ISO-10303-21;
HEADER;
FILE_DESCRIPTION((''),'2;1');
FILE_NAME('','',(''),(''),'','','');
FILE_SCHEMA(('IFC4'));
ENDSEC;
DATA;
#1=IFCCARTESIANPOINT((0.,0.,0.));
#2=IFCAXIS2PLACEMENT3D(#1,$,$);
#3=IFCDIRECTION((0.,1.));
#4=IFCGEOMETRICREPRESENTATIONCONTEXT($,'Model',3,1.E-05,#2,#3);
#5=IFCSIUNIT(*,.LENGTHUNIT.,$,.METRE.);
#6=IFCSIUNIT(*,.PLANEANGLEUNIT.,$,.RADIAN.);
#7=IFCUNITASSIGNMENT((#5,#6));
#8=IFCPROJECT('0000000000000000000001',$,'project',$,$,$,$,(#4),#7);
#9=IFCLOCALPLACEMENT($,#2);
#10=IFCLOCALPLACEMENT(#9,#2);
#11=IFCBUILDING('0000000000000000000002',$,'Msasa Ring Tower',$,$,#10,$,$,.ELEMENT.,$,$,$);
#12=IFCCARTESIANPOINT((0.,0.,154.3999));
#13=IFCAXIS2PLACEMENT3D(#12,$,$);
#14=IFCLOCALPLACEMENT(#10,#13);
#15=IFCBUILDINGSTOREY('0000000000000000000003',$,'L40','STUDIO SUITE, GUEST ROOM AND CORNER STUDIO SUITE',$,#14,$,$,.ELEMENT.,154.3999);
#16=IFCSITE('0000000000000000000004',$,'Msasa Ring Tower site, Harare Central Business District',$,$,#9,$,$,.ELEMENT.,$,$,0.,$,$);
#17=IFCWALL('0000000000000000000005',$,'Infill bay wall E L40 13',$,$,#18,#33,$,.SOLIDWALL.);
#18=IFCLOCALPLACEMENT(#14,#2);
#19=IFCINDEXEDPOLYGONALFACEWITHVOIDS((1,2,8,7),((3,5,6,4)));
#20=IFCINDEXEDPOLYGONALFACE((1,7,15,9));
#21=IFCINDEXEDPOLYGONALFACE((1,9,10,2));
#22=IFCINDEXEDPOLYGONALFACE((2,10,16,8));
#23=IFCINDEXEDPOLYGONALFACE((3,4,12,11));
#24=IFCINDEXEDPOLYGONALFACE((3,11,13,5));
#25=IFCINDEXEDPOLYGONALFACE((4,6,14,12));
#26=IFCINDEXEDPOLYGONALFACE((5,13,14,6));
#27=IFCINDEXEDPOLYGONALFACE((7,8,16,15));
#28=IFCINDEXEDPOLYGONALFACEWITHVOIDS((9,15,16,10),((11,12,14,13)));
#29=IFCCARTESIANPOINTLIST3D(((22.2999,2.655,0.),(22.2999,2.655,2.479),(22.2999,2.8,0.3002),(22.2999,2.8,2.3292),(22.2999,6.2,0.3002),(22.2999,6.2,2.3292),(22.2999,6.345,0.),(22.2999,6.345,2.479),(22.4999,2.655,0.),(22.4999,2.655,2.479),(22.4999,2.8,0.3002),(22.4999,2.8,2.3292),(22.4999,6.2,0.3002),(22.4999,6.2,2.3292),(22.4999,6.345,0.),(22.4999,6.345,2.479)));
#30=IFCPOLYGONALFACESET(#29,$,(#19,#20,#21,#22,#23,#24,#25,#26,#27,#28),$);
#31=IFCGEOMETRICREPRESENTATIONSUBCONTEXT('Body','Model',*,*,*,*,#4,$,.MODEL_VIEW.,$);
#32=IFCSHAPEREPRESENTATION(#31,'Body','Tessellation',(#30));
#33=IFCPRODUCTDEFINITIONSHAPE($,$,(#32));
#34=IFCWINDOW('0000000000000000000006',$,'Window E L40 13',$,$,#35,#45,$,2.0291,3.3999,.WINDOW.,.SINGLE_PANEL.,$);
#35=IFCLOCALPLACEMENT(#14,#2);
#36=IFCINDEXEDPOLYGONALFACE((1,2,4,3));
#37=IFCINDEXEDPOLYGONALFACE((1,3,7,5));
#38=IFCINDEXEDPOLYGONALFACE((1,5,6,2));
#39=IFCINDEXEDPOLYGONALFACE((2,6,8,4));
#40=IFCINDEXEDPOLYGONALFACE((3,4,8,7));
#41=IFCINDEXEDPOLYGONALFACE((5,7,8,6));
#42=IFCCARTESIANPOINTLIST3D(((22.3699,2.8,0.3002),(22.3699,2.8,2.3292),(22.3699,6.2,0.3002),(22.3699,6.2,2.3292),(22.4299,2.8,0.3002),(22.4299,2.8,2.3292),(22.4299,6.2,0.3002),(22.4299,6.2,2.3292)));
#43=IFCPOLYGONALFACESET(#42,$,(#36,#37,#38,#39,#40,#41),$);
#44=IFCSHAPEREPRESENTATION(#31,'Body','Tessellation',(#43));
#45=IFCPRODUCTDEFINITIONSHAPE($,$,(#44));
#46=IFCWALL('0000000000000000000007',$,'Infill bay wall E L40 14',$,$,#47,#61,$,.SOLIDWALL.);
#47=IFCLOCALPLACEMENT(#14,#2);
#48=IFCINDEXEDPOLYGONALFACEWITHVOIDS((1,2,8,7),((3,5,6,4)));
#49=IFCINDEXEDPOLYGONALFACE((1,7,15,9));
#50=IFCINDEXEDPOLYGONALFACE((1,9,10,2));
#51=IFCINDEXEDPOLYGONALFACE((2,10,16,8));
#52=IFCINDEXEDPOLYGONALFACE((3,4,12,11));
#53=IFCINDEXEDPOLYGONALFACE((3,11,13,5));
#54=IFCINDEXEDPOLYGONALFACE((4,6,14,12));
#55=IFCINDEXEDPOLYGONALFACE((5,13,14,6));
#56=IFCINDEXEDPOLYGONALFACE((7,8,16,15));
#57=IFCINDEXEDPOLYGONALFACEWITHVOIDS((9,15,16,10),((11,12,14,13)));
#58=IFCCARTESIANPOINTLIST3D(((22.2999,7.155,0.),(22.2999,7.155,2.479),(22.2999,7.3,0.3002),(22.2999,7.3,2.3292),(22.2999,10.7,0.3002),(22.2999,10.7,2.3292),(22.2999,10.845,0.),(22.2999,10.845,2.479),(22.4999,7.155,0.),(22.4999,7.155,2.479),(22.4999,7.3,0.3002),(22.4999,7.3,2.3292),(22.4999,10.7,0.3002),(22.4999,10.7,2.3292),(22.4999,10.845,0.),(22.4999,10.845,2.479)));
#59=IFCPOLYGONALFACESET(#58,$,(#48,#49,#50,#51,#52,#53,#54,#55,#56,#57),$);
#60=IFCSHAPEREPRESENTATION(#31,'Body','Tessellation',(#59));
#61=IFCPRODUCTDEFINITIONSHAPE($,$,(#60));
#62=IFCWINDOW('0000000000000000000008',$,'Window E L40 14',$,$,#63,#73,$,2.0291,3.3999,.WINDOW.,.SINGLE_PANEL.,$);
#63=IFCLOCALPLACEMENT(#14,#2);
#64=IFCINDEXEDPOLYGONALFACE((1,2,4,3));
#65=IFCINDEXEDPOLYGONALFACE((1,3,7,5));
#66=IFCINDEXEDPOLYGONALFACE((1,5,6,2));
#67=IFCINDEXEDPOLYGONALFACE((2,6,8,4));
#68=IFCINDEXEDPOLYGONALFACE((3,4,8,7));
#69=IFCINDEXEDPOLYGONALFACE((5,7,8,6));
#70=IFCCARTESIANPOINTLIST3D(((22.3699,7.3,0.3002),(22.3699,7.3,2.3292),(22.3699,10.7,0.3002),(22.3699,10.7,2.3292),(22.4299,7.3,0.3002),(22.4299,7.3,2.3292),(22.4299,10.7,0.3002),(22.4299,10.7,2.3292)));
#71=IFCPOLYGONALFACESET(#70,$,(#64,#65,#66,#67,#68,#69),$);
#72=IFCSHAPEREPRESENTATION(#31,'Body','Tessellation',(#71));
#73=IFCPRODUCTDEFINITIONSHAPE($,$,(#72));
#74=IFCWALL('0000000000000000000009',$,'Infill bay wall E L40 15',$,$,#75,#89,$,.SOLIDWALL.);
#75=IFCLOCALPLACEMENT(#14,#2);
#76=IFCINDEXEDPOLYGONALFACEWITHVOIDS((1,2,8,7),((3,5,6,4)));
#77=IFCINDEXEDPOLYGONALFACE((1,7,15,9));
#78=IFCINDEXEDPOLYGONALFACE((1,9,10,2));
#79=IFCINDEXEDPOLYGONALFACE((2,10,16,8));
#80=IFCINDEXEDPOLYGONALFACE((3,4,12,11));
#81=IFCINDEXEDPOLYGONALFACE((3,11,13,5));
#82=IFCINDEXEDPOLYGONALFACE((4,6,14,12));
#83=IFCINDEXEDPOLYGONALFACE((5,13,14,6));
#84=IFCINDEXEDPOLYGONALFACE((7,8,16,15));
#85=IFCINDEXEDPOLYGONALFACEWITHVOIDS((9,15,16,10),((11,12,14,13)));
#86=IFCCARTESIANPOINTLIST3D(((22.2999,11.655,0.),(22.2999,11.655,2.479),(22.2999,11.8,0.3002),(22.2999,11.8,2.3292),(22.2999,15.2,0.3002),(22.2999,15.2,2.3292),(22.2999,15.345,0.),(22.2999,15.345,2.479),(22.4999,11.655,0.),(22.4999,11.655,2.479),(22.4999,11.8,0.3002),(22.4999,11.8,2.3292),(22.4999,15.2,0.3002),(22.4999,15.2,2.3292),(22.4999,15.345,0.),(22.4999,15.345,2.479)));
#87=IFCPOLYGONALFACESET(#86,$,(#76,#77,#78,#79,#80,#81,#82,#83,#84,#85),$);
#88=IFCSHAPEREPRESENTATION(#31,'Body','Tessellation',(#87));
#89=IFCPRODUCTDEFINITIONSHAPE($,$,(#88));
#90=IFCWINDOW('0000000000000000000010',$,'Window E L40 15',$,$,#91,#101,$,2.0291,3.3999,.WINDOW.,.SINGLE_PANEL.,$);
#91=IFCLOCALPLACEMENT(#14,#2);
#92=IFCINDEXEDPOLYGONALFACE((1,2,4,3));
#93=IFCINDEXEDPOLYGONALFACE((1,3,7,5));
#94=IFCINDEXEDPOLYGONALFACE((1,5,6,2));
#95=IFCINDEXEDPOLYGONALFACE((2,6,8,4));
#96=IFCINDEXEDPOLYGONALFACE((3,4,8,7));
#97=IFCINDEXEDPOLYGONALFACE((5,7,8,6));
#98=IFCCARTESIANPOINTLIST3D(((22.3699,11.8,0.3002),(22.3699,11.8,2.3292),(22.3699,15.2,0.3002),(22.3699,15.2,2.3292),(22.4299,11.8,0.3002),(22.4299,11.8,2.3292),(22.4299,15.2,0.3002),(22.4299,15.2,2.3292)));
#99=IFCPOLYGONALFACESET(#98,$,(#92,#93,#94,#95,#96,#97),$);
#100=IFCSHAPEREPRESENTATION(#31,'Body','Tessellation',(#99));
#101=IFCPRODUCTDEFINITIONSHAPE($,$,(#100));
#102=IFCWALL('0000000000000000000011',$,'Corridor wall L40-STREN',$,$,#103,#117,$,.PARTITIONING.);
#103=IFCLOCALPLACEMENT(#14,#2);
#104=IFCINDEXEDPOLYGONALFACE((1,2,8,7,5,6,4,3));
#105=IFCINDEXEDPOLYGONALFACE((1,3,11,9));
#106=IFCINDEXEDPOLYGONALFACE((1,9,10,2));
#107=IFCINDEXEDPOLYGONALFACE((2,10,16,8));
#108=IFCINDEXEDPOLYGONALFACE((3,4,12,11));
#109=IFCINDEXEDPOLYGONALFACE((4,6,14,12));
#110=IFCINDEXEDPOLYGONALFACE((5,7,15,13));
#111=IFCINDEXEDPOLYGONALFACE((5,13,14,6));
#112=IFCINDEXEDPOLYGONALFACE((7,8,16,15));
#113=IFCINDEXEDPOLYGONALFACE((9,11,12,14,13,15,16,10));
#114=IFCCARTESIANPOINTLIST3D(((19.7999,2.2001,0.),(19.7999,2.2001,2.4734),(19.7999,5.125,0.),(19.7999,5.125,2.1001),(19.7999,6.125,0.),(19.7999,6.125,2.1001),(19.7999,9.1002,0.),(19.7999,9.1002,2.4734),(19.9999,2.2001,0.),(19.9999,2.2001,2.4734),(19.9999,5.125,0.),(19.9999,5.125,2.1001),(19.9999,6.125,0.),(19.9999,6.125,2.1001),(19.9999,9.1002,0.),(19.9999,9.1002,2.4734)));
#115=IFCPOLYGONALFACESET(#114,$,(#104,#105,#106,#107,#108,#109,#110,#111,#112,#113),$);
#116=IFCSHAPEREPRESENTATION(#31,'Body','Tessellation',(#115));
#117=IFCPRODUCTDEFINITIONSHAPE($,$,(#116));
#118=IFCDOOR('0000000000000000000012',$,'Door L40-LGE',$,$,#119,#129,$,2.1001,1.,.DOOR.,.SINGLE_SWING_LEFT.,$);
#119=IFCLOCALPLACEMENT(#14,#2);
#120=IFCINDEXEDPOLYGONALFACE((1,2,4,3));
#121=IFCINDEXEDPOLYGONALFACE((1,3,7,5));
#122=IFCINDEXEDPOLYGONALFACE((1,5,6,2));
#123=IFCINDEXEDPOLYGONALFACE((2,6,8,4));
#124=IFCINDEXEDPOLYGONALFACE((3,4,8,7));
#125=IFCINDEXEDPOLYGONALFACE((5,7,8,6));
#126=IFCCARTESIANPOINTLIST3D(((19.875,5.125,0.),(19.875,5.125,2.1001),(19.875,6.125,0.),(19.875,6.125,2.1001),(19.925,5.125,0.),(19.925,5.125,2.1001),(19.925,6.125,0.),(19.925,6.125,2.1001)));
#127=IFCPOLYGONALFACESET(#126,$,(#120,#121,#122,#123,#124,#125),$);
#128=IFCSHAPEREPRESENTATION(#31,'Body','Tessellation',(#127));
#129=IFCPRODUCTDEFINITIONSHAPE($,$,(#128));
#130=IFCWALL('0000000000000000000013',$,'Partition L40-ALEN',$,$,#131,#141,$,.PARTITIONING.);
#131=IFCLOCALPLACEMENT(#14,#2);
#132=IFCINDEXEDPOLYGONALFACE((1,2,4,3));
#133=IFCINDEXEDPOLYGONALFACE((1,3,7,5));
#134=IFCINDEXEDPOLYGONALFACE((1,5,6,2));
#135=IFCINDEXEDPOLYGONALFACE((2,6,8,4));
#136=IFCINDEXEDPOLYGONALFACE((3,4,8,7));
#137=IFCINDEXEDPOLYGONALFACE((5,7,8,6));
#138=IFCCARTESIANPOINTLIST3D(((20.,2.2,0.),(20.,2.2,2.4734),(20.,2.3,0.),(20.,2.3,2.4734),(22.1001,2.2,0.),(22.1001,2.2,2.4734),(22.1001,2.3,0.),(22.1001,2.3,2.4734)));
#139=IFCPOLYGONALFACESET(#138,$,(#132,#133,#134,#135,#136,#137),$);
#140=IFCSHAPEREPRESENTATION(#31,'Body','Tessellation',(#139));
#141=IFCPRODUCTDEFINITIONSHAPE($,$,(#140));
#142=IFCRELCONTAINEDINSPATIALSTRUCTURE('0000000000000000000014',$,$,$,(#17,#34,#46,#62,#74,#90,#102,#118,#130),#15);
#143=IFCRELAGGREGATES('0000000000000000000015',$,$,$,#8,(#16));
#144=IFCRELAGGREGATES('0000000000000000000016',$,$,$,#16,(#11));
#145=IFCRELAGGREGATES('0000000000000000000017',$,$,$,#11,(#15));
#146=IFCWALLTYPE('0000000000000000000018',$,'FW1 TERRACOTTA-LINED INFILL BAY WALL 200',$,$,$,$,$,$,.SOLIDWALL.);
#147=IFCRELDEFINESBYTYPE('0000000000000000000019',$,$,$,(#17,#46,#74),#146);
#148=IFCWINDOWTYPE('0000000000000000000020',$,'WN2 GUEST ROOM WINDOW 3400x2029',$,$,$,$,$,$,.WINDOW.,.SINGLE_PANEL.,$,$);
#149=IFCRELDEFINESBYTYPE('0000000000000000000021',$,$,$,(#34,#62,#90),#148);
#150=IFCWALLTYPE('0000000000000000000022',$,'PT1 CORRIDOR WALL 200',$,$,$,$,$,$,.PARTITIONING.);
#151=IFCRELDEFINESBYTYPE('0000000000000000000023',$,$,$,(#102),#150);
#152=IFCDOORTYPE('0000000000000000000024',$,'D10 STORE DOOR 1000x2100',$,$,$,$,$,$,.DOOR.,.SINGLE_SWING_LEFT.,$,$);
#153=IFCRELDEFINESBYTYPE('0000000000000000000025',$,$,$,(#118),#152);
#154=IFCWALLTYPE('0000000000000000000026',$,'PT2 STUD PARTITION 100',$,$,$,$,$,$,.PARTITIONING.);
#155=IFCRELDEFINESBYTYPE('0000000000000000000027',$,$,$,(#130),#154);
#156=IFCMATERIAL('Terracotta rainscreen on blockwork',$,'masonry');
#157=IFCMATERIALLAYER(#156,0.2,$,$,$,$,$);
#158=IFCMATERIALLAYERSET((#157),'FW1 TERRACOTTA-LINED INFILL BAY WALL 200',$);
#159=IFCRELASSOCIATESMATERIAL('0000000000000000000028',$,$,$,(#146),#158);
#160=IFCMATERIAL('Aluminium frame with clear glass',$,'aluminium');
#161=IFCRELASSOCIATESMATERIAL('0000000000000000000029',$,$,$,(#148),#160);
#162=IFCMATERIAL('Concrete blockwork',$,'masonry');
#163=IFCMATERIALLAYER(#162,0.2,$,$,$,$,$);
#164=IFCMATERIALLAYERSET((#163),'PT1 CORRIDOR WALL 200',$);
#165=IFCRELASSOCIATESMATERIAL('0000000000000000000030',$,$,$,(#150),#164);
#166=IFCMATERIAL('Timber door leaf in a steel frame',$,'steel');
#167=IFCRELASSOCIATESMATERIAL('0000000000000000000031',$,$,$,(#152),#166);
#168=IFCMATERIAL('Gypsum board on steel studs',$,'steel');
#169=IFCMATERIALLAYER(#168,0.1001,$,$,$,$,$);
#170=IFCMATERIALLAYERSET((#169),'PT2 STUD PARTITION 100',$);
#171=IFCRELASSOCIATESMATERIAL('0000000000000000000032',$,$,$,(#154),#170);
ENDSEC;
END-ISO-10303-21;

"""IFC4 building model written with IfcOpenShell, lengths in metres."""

from ifc_helpers import new_model, si_unit, direction, frame, frame_2d, origin, place, context, subcontext, project, spatial, rectangle, extrude, material, layer, layer_set, type_object, element, fill, save


model = new_model("IFC4")

# Units and contexts
model_context = context("Model", 3, precision=1e-05, world=origin(), true_north=direction((0.0, 1.0)))
body_context = subcontext(model_context, "Body", "Model", "MODEL_VIEW")
ifc_project = project(units=[si_unit("LENGTHUNIT", "METRE"), si_unit("PLANEANGLEUNIT", "RADIAN")], contexts=[model_context])

# Site, building, storey
site_placement = place(None, origin())
site = spatial("IfcSite", under=ifc_project, at=site_placement, Name="Msasa Ring Tower site, Harare Central Business District", CompositionType="ELEMENT", RefElevation=0.0)
building_placement = place(site_placement, origin())
building = spatial("IfcBuilding", under=site, at=building_placement, Name="Msasa Ring Tower", CompositionType="ELEMENT")
storey_placement = place(building_placement, frame((0.0, 0.0, 154.3999)))
storey = spatial("IfcBuildingStorey", under=building, at=storey_placement, Name="L40", Description="STUDIO SUITE, GUEST ROOM AND CORNER STUDIO SUITE", CompositionType="ELEMENT", Elevation=154.3999)

# Walls, openings, windows
ifc_material_1 = material(Name="Terracotta rainscreen on blockwork", Category="masonry")
ifc_layer_1 = layer(ifc_material_1, 0.2)
ifc_layer_set_1 = layer_set([ifc_layer_1], Name="FW1 TERRACOTTA-LINED INFILL BAY WALL 200")
wall_type_1 = type_object("IfcWallType", Name="FW1 TERRACOTTA-LINED INFILL BAY WALL 200", PredefinedType="SOLIDWALL", material=ifc_layer_set_1)
wall_1_placement = place(storey_placement, frame((22.3999, 2.655, 0.0), z_axis=(0.0, 0.0, 1.0), x_axis=(0.0, 1.0, 0.0)))
wall_1 = element("IfcWall", 1, at=wall_1_placement, inside=storey, type_object=wall_type_1, Name="Infill bay wall E L40 13", PredefinedType="SOLIDWALL", context=body_context, shape_type="SweptSolid", body=[
    extrude(rectangle(XDim=3.6899, YDim=0.2, at=frame_2d((1.845, 0.0))), origin(), (0.0, 0.0, 1.0), 2.479),
])
opening_1_placement = place(wall_1_placement, frame((0.145, 0.0, 0.3)))
opening_1 = element("IfcOpeningElement", 2, at=opening_1_placement, cuts=wall_1, PredefinedType="OPENING", context=body_context, shape_type="SweptSolid", body=[
    extrude(rectangle(XDim=3.3999, YDim=2.0291, at=frame_2d((1.7, 1.0146))), frame((0.0, 0.1099, 0.0), z_axis=(0.0, -1.0, 0.0), x_axis=(1.0, 0.0, 0.0)), (0.0, 0.0, 1.0), 0.22),
])
ifc_material_2 = material(Name="Aluminium frame with clear glass", Category="aluminium")
window_type = type_object("IfcWindowType", Name="WN2 GUEST ROOM WINDOW 3400x2029", PartitioningType="SINGLE_PANEL", PredefinedType="WINDOW", material=ifc_material_2)
window_1_placement = place(opening_1_placement, origin())
window_1 = element("IfcWindow", 3, at=window_1_placement, inside=storey, type_object=window_type, Name="Window E L40 13", OverallHeight=2.0291, OverallWidth=3.3999, PartitioningType="SINGLE_PANEL", PredefinedType="WINDOW", context=body_context, shape_type="SweptSolid", body=[
    extrude(rectangle(XDim=3.3999, YDim=2.0291, at=frame_2d((1.7, 1.0146))), frame((0.0, 0.03, 0.0), z_axis=(0.0, -1.0, 0.0), x_axis=(1.0, 0.0, 0.0)), (0.0, 0.0, 1.0), 0.0601),
])
fill(opening_1, window_1)
wall_2_placement = place(storey_placement, frame((22.3999, 7.155, 0.0), z_axis=(0.0, 0.0, 1.0), x_axis=(0.0, 1.0, 0.0)))
wall_2 = element("IfcWall", 4, at=wall_2_placement, inside=storey, type_object=wall_type_1, Name="Infill bay wall E L40 14", PredefinedType="SOLIDWALL", context=body_context, shape_type="SweptSolid", body=[
    extrude(rectangle(XDim=3.6899, YDim=0.2, at=frame_2d((1.845, 0.0))), origin(), (0.0, 0.0, 1.0), 2.479),
])
opening_2_placement = place(wall_2_placement, frame((0.145, 0.0, 0.3)))
opening_2 = element("IfcOpeningElement", 5, at=opening_2_placement, cuts=wall_2, PredefinedType="OPENING", context=body_context, shape_type="SweptSolid", body=[
    extrude(rectangle(XDim=3.3999, YDim=2.0291, at=frame_2d((1.7, 1.0146))), frame((0.0, 0.1099, 0.0), z_axis=(0.0, -1.0, 0.0), x_axis=(1.0, 0.0, 0.0)), (0.0, 0.0, 1.0), 0.22),
])
window_2_placement = place(opening_2_placement, origin())
window_2 = element("IfcWindow", 6, at=window_2_placement, inside=storey, type_object=window_type, Name="Window E L40 14", OverallHeight=2.0291, OverallWidth=3.3999, PartitioningType="SINGLE_PANEL", PredefinedType="WINDOW", context=body_context, shape_type="SweptSolid", body=[
    extrude(rectangle(XDim=3.3999, YDim=2.0291, at=frame_2d((1.7, 1.0146))), frame((0.0, 0.03, 0.0), z_axis=(0.0, -1.0, 0.0), x_axis=(1.0, 0.0, 0.0)), (0.0, 0.0, 1.0), 0.0601),
])
fill(opening_2, window_2)
wall_3_placement = place(storey_placement, frame((22.3999, 11.655, 0.0), z_axis=(0.0, 0.0, 1.0), x_axis=(0.0, 1.0, 0.0)))
wall_3 = element("IfcWall", 7, at=wall_3_placement, inside=storey, type_object=wall_type_1, Name="Infill bay wall E L40 15", PredefinedType="SOLIDWALL", context=body_context, shape_type="SweptSolid", body=[
    extrude(rectangle(XDim=3.6899, YDim=0.2, at=frame_2d((1.845, 0.0))), origin(), (0.0, 0.0, 1.0), 2.479),
])
opening_3_placement = place(wall_3_placement, frame((0.145, 0.0, 0.3)))
opening_3 = element("IfcOpeningElement", 8, at=opening_3_placement, cuts=wall_3, PredefinedType="OPENING", context=body_context, shape_type="SweptSolid", body=[
    extrude(rectangle(XDim=3.3999, YDim=2.0291, at=frame_2d((1.7, 1.0146))), frame((0.0, 0.1099, 0.0), z_axis=(0.0, -1.0, 0.0), x_axis=(1.0, 0.0, 0.0)), (0.0, 0.0, 1.0), 0.22),
])
window_3_placement = place(opening_3_placement, origin())
window_3 = element("IfcWindow", 9, at=window_3_placement, inside=storey, type_object=window_type, Name="Window E L40 15", OverallHeight=2.0291, OverallWidth=3.3999, PartitioningType="SINGLE_PANEL", PredefinedType="WINDOW", context=body_context, shape_type="SweptSolid", body=[
    extrude(rectangle(XDim=3.3999, YDim=2.0291, at=frame_2d((1.7, 1.0146))), frame((0.0, 0.03, 0.0), z_axis=(0.0, -1.0, 0.0), x_axis=(1.0, 0.0, 0.0)), (0.0, 0.0, 1.0), 0.0601),
])
fill(opening_3, window_3)

# Wall, opening, door
ifc_material_3 = material(Name="Concrete blockwork", Category="masonry")
ifc_layer_2 = layer(ifc_material_3, 0.2)
ifc_layer_set_2 = layer_set([ifc_layer_2], Name="PT1 CORRIDOR WALL 200")
wall_type_2 = type_object("IfcWallType", Name="PT1 CORRIDOR WALL 200", PredefinedType="PARTITIONING", material=ifc_layer_set_2)
wall_4_placement = place(storey_placement, frame((19.8999, 2.2, 0.0), z_axis=(0.0, 0.0, 1.0), x_axis=(0.0, 1.0, 0.0)))
wall_4 = element("IfcWall", 10, at=wall_4_placement, inside=storey, type_object=wall_type_2, Name="Corridor wall L40-STREN", PredefinedType="PARTITIONING", context=body_context, shape_type="SweptSolid", body=[
    extrude(rectangle(XDim=6.9001, YDim=0.2, at=frame_2d((3.4502, 0.0))), origin(), (0.0, 0.0, 1.0), 2.4734),
])
opening_4_placement = place(wall_4_placement, frame((2.925, 0.0, 0.0)))
opening_4 = element("IfcOpeningElement", 11, at=opening_4_placement, cuts=wall_4, PredefinedType="OPENING", context=body_context, shape_type="SweptSolid", body=[
    extrude(rectangle(XDim=1.0, YDim=2.1001, at=frame_2d((0.5, 1.05))), frame((0.0, 0.1099, 0.0), z_axis=(0.0, -1.0, 0.0), x_axis=(1.0, 0.0, 0.0)), (0.0, 0.0, 1.0), 0.22),
])
ifc_material_4 = material(Name="Timber door leaf in a steel frame", Category="steel")
door_type_1 = type_object("IfcDoorType", Name="D10 STORE DOOR 1000x2100", OperationType="SINGLE_SWING_LEFT", PredefinedType="DOOR", material=ifc_material_4)
door_1_placement = place(opening_4_placement, origin())
door_1 = element("IfcDoor", 12, at=door_1_placement, inside=storey, type_object=door_type_1, Name="Door L40-LGE", OperationType="SINGLE_SWING_LEFT", OverallHeight=2.1001, OverallWidth=1.0, PredefinedType="DOOR", context=body_context, shape_type="SweptSolid", body=[
    extrude(rectangle(XDim=1.0, YDim=2.1001, at=frame_2d((0.5, 1.05))), frame((0.0, 0.0249, 0.0), z_axis=(0.0, -1.0, 0.0), x_axis=(1.0, 0.0, 0.0)), (0.0, 0.0, 1.0), 0.05),
])
fill(opening_4, door_1)

# Wall
ifc_material_5 = material(Name="Gypsum board on steel studs", Category="steel")
ifc_layer_3 = layer(ifc_material_5, 0.1001)
ifc_layer_set_3 = layer_set([ifc_layer_3], Name="PT2 STUD PARTITION 100")
wall_type_3 = type_object("IfcWallType", Name="PT2 STUD PARTITION 100", PredefinedType="PARTITIONING", material=ifc_layer_set_3)
wall_5_placement = place(storey_placement, frame((20.0, 2.25, 0.0), z_axis=(0.0, 0.0, 1.0), x_axis=(1.0, 0.0, 0.0)))
element("IfcWall", 13, at=wall_5_placement, inside=storey, type_object=wall_type_3, Name="Partition L40-ALEN", PredefinedType="PARTITIONING", context=body_context, shape_type="SweptSolid", body=[
    extrude(rectangle(XDim=2.1001, YDim=0.1001, at=frame_2d((1.05, 0.0))), origin(), (0.0, 0.0, 1.0), 2.4734),
])

save(model, "model.ifc")
